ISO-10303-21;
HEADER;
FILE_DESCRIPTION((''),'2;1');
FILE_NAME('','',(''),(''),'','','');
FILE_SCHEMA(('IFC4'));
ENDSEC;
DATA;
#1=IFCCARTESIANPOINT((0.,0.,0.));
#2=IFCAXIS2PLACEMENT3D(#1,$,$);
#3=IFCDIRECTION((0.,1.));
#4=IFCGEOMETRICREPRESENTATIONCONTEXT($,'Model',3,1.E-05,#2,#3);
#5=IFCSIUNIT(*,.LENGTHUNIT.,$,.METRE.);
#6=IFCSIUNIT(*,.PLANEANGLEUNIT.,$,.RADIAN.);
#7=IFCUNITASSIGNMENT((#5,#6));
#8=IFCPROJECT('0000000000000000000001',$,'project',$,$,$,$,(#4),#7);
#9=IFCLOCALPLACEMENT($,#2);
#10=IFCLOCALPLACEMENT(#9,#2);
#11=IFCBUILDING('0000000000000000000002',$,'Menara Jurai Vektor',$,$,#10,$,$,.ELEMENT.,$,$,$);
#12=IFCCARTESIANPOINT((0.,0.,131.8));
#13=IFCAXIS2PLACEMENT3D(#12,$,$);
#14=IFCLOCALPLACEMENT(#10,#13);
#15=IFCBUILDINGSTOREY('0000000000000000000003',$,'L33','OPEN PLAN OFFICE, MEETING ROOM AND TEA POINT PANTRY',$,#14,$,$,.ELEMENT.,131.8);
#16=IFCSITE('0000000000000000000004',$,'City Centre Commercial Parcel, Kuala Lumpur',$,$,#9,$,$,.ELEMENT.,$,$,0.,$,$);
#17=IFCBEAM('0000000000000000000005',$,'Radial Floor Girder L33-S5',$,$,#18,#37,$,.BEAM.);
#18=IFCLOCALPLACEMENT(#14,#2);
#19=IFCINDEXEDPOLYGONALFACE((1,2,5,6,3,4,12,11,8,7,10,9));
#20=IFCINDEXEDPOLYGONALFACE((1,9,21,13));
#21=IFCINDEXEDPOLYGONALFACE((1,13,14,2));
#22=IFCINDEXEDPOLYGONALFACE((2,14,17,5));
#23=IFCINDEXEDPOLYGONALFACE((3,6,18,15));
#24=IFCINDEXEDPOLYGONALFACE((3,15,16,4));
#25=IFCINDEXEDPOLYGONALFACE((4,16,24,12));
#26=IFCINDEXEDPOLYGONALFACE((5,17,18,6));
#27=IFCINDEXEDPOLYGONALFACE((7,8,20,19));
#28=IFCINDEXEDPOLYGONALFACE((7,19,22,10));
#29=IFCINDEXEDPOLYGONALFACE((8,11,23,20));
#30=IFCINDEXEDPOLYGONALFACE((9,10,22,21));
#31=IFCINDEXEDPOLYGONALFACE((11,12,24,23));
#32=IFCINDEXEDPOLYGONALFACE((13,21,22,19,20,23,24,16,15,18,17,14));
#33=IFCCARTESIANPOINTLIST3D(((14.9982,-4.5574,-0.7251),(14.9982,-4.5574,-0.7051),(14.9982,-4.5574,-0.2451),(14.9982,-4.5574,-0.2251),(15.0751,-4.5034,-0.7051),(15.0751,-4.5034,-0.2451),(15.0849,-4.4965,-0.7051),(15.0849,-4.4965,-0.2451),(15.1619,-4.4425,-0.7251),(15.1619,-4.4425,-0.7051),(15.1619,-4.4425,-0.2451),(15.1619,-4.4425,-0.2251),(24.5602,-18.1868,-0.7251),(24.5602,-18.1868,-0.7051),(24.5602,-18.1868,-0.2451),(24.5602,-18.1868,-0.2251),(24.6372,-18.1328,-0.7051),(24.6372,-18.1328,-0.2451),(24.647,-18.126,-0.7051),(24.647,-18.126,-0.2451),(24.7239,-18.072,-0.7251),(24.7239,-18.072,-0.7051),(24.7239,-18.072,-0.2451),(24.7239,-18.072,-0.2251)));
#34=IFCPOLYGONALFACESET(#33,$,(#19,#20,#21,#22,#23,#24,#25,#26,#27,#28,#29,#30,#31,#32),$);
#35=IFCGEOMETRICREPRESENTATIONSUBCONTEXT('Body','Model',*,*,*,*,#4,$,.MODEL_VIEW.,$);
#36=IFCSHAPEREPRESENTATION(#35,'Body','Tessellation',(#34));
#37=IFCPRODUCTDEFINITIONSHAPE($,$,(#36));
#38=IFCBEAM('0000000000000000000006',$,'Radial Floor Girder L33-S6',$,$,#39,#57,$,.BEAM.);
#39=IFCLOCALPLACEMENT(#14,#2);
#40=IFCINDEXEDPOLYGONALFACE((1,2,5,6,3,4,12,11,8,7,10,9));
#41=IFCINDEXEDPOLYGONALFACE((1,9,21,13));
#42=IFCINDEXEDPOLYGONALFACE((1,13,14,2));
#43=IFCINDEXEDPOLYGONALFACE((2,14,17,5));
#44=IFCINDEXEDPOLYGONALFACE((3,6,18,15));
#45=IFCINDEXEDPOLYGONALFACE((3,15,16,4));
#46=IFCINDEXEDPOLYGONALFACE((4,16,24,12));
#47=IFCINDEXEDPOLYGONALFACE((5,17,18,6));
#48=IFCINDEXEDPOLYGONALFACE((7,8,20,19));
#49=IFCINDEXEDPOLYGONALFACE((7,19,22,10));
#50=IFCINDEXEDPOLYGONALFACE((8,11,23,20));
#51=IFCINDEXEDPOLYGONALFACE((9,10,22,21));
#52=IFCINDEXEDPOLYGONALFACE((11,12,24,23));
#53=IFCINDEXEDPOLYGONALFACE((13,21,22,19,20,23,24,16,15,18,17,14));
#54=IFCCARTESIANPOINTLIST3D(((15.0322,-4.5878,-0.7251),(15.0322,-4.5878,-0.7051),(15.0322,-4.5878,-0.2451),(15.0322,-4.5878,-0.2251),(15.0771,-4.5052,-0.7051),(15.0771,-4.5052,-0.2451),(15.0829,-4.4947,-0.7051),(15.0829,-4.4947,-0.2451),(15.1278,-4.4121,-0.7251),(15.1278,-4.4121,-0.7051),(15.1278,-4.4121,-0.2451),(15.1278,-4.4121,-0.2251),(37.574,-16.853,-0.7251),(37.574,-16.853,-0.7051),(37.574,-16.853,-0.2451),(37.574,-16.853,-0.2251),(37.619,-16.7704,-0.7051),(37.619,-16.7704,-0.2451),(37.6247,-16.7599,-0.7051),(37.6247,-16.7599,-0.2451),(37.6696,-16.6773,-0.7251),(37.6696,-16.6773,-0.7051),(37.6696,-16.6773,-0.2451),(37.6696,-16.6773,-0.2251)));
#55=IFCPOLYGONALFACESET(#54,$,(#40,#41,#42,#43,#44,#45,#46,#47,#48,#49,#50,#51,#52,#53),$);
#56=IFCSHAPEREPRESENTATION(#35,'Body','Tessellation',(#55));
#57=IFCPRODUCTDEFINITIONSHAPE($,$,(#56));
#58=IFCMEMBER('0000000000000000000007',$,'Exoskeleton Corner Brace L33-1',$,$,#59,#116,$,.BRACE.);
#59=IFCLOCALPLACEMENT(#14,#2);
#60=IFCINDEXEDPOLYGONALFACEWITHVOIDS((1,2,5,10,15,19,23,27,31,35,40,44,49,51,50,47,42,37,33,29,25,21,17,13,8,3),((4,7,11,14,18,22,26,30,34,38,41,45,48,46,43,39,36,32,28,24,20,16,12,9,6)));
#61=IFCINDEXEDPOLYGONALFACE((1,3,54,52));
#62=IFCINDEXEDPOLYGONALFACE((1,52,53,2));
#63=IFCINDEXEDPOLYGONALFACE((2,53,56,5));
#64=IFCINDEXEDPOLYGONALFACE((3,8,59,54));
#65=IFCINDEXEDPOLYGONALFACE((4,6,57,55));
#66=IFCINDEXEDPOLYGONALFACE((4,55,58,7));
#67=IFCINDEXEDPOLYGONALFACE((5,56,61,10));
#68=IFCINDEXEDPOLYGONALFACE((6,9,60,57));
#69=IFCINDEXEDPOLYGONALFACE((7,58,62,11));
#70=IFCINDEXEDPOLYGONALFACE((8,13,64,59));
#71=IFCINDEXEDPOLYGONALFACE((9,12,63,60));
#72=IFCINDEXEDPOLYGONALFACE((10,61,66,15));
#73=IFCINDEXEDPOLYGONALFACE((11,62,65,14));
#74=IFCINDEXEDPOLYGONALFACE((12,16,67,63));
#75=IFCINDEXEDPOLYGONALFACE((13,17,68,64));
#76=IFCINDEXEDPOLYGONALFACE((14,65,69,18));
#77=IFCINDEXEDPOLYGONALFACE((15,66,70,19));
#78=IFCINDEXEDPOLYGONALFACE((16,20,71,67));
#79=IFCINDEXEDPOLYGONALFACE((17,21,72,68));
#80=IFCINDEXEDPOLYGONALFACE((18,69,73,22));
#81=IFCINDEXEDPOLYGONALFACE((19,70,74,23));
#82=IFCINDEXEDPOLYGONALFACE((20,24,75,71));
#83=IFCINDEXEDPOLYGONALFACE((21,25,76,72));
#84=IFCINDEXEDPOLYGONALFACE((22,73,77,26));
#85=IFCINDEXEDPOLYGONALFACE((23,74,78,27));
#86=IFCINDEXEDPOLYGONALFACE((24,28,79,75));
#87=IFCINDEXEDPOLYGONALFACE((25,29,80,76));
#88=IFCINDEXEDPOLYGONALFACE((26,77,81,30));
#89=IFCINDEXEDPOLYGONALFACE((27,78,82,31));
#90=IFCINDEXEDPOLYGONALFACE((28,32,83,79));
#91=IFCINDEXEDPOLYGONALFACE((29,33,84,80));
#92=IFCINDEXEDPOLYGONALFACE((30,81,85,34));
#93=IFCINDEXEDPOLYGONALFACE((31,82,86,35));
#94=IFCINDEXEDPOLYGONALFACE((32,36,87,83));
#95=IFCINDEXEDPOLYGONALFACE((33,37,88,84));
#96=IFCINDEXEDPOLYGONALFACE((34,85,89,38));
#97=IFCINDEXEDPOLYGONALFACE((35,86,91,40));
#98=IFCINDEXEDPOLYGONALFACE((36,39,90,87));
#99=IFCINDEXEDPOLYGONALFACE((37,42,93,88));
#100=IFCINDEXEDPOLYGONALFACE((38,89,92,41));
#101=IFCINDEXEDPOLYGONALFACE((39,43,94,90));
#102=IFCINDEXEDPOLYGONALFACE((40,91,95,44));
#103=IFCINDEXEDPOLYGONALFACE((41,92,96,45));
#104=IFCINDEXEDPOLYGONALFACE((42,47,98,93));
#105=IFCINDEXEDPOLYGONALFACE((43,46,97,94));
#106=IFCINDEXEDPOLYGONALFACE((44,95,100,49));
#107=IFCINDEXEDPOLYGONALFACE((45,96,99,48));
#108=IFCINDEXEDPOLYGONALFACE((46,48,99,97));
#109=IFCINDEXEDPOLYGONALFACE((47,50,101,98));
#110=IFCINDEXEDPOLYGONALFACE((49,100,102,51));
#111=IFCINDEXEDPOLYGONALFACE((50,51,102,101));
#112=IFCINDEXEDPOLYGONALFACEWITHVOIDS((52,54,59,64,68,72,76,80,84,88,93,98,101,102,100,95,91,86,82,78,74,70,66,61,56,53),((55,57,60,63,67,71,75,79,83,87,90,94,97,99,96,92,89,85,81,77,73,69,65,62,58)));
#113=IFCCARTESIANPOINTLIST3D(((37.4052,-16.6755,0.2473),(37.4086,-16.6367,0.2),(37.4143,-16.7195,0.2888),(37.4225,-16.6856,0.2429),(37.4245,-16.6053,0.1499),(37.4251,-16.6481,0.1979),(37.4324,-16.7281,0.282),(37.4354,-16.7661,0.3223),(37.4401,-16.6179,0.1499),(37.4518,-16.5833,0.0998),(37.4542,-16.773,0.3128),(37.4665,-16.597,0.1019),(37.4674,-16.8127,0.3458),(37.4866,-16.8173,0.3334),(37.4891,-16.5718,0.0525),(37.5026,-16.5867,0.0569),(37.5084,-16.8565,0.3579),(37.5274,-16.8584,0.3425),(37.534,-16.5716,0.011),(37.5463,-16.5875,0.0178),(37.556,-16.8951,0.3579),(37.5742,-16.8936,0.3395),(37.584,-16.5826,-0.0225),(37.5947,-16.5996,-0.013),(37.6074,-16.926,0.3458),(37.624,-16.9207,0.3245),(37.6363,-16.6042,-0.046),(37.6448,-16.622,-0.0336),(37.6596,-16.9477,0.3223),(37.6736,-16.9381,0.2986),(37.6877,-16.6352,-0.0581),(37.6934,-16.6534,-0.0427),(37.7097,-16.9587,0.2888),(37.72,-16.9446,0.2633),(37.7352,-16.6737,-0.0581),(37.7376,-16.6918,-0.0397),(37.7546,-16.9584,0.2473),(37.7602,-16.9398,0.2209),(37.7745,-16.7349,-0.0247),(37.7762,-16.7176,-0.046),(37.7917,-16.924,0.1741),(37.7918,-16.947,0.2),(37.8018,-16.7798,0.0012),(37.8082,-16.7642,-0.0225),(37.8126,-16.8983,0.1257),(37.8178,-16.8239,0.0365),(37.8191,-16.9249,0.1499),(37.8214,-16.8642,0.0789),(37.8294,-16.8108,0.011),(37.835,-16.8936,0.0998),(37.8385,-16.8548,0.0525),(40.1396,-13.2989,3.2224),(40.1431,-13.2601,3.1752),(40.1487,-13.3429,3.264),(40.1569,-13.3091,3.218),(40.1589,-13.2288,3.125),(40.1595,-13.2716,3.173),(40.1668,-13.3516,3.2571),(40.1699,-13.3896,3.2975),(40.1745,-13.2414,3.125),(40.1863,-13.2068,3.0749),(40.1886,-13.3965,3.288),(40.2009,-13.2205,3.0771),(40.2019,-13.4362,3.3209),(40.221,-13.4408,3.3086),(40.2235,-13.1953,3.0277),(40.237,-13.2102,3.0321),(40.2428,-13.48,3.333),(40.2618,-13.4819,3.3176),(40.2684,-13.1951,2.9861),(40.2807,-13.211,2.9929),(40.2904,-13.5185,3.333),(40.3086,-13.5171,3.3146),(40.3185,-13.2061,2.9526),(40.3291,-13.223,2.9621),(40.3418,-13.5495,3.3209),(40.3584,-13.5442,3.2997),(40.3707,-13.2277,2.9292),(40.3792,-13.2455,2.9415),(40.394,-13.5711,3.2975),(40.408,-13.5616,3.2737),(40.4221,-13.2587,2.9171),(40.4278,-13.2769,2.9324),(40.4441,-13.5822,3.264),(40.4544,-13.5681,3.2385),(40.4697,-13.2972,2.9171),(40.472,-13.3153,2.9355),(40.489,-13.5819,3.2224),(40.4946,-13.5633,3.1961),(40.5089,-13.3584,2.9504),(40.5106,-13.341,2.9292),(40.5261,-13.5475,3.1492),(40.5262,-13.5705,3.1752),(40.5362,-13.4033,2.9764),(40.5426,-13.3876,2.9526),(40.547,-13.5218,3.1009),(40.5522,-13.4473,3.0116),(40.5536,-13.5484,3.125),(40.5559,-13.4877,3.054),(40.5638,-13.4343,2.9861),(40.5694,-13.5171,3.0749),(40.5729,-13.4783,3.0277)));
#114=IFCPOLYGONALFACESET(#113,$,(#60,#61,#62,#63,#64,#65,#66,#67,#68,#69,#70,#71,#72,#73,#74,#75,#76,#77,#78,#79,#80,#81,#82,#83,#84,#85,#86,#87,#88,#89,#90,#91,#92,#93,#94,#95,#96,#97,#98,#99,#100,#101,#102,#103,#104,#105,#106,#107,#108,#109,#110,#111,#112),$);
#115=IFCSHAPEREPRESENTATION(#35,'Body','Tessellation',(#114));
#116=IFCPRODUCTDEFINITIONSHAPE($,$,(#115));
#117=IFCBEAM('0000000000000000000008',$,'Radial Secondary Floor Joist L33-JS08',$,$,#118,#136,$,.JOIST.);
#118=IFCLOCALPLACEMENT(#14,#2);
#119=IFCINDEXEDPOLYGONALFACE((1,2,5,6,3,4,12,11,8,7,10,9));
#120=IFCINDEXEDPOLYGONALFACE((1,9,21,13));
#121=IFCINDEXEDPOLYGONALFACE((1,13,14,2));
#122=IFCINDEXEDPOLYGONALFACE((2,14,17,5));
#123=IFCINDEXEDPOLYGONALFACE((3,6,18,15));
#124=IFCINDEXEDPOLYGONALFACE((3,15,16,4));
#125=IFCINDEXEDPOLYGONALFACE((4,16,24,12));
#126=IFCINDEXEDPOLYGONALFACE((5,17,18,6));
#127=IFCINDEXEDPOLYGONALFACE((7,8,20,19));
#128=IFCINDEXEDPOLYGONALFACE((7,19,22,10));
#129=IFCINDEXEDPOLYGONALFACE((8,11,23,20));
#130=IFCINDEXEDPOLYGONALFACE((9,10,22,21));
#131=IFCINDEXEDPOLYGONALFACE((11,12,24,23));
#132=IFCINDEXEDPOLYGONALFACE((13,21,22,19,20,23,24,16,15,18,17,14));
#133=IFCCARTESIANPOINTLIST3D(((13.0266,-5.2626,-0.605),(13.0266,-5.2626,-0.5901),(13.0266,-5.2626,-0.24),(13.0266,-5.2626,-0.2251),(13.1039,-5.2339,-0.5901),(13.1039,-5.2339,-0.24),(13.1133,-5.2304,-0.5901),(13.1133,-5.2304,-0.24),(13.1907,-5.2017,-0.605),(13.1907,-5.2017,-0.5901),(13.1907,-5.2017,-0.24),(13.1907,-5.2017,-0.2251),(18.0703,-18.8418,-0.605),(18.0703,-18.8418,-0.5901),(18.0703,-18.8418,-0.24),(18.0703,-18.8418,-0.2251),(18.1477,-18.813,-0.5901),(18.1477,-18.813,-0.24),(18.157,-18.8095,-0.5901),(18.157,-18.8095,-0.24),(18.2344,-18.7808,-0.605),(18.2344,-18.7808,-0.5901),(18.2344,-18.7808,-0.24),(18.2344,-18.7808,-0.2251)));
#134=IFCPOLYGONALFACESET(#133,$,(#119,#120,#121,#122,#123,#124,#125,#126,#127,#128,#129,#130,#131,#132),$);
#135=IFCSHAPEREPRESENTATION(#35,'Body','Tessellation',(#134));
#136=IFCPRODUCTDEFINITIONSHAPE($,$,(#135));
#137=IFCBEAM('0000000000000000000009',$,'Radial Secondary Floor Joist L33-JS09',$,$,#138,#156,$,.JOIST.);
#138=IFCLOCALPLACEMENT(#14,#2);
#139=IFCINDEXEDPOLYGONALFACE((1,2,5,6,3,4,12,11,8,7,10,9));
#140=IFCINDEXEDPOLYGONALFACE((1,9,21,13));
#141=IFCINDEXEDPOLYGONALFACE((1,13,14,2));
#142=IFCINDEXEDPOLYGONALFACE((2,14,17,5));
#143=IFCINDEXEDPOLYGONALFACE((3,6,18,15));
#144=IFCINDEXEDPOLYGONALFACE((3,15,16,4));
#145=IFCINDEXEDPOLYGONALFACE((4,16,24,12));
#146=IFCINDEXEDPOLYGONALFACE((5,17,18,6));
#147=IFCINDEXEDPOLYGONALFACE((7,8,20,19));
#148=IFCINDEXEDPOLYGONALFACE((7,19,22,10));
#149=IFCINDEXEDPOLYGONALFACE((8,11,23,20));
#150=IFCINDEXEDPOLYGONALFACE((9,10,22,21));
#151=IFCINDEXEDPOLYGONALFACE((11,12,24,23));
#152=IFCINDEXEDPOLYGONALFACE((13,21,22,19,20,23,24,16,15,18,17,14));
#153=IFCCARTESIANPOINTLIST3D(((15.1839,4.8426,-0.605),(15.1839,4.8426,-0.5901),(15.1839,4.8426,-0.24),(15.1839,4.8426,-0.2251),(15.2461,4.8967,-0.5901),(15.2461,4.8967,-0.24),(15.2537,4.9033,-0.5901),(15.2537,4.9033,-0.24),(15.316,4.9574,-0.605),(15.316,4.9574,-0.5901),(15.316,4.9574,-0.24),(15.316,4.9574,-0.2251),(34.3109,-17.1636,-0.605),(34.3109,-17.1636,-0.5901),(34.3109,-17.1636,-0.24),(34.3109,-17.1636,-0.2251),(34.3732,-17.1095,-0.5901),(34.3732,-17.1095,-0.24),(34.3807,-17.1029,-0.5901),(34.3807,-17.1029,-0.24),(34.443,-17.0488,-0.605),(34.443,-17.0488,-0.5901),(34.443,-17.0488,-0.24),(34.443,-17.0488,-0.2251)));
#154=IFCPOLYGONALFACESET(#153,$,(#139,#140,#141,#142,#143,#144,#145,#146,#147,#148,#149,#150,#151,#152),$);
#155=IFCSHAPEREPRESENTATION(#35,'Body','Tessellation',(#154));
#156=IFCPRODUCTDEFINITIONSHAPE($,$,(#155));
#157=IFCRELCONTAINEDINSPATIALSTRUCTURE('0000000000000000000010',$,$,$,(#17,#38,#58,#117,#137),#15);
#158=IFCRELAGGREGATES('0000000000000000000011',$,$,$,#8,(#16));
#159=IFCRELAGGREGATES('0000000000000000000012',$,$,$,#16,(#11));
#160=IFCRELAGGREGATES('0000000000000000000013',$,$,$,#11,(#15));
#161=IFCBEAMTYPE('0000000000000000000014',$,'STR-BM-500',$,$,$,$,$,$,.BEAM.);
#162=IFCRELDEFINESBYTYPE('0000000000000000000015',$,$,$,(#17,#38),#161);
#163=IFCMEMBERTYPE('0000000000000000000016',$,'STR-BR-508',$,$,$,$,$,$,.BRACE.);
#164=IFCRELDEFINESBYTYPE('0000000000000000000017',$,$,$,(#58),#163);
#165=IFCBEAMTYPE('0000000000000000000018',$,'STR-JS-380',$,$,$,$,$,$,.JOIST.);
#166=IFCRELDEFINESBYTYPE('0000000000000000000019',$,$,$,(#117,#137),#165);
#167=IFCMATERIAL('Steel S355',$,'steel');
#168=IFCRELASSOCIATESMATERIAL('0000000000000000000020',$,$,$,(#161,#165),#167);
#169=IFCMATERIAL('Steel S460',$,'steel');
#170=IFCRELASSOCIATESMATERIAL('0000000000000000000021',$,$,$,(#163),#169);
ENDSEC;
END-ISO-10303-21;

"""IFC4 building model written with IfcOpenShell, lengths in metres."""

from ifc_helpers import new_model, si_unit, direction, frame, origin, origin_2d, place, context, subcontext, project, spatial, hollow_circle, i_section, extrude, material, material_profile, profile_set, type_object, element, save


model = new_model("IFC4")

# Units and contexts
model_context = context("Model", 3, precision=1e-05, world=origin(), true_north=direction((0.0, 1.0)))
body_context = subcontext(model_context, "Body", "Model", "MODEL_VIEW")
ifc_project = project(units=[si_unit("LENGTHUNIT", "METRE"), si_unit("PLANEANGLEUNIT", "RADIAN")], contexts=[model_context])

# Site, building, storey
site_placement = place(None, origin())
site = spatial("IfcSite", under=ifc_project, at=site_placement, Name="City Centre Commercial Parcel, Kuala Lumpur", CompositionType="ELEMENT", RefElevation=0.0)
building_placement = place(site_placement, origin())
building = spatial("IfcBuilding", under=site, at=building_placement, Name="Menara Jurai Vektor", CompositionType="ELEMENT")
storey_placement = place(building_placement, frame((0.0, 0.0, 131.8)))
storey = spatial("IfcBuildingStorey", under=building, at=storey_placement, Name="L33", Description="OPEN PLAN OFFICE, MEETING ROOM AND TEA POINT PANTRY", CompositionType="ELEMENT", Elevation=131.8)

# Shared definitions
ifc_material_1 = material(Name="Steel S460", Category="steel")

# Beams
ifc_material_2 = material(Name="Steel S355", Category="steel")
ifc_material_profile_1 = material_profile(ifc_material_2, i_section(OverallWidth=0.2, OverallDepth=0.5, WebThickness=0.012, FlangeThickness=0.02, at=origin_2d()), Name="PG 500x200x96")
ifc_profile_set_1 = profile_set([ifc_material_profile_1], Name="Steel S355")
beam_type_1 = type_object("IfcBeamType", Name="STR-BM-500", PredefinedType="BEAM", material=ifc_profile_set_1)
beam_1_placement = place(storey_placement, frame((24.6421, -18.1294, -0.4751), z_axis=(-0.574326, 0.818627, 0.0), x_axis=(-0.818627, -0.574326, 0.0)))
element("IfcBeam", 1, at=beam_1_placement, inside=storey, type_object=beam_type_1, Name="Radial Floor Girder L33-S5", PredefinedType="BEAM", context=body_context, shape_type="SweptSolid", body=[
    extrude(i_section(OverallWidth=0.2, OverallDepth=0.5, WebThickness=0.012, FlangeThickness=0.02, at=origin_2d()), origin(), (0.0, 0.0, 1.0), 16.6492),
])
beam_2_placement = place(storey_placement, frame((37.6218, -16.7651, -0.4751), z_axis=(-0.878392, 0.47794, 0.0), x_axis=(-0.47794, -0.878392, 0.0)))
element("IfcBeam", 2, at=beam_2_placement, inside=storey, type_object=beam_type_1, Name="Radial Floor Girder L33-S6", PredefinedType="BEAM", context=body_context, shape_type="SweptSolid", body=[
    extrude(i_section(OverallWidth=0.2, OverallDepth=0.5, WebThickness=0.012, FlangeThickness=0.02, at=origin_2d()), origin(), (0.0, 0.0, 1.0), 25.6626),
])

# Member
ifc_material_profile_2 = material_profile(ifc_material_1, hollow_circle(Radius=0.2539, WallThickness=0.02, at=origin_2d()), Name="CHS 508x20")
ifc_profile_set_2 = profile_set([ifc_material_profile_2], Name="Steel S460")
member_type_1 = type_object("IfcMemberType", Name="STR-BR-508", PredefinedType="BRACE", material=ifc_profile_set_2)
member_1_placement = place(storey_placement, frame((37.6218, -16.7651, 0.1499), z_axis=(0.519272, 0.641208, 0.564986), x_axis=(-0.777127, 0.629344, 0.0)))
element("IfcMember", 3, at=member_1_placement, inside=storey, type_object=member_type_1, Name="Exoskeleton Corner Brace L33-1", PredefinedType="BRACE", context=body_context, shape_type="SweptSolid", body=[
    extrude(hollow_circle(Radius=0.2539, WallThickness=0.02, at=origin_2d()), origin(), (0.0, 0.0, 1.0), 5.2659),
])

# Beams
ifc_material_profile_3 = material_profile(ifc_material_2, i_section(OverallWidth=0.175, OverallDepth=0.3799, WebThickness=0.01, FlangeThickness=0.0149, at=origin_2d()), Name="PG 380x175x58")
ifc_profile_set_3 = profile_set([ifc_material_profile_3], Name="Steel S355")
beam_type_2 = type_object("IfcBeamType", Name="STR-JS-380", PredefinedType="JOIST", material=ifc_profile_set_3)
beam_3_placement = place(storey_placement, frame((18.1523, -18.8113, -0.415), z_axis=(-0.348189, 0.937424, 0.0), x_axis=(-0.937424, -0.348189, 0.0)))
element("IfcBeam", 4, at=beam_3_placement, inside=storey, type_object=beam_type_2, Name="Radial Secondary Floor Joist L33-JS08", PredefinedType="JOIST", context=body_context, shape_type="SweptSolid", body=[
    extrude(i_section(OverallWidth=0.175, OverallDepth=0.3799, WebThickness=0.01, FlangeThickness=0.0149, at=origin_2d()), origin(), (0.0, 0.0, 1.0), 14.4856),
])
beam_4_placement = place(storey_placement, frame((34.377, -17.1062, -0.415), z_axis=(-0.656007, 0.754755, 0.0), x_axis=(-0.754755, -0.656007, 0.0)))
element("IfcBeam", 5, at=beam_4_placement, inside=storey, type_object=beam_type_2, Name="Radial Secondary Floor Joist L33-JS09", PredefinedType="JOIST", context=body_context, shape_type="SweptSolid", body=[
    extrude(i_section(OverallWidth=0.175, OverallDepth=0.3799, WebThickness=0.01, FlangeThickness=0.0149, at=origin_2d()), origin(), (0.0, 0.0, 1.0), 29.1567),
])

save(model, "model.ifc")
